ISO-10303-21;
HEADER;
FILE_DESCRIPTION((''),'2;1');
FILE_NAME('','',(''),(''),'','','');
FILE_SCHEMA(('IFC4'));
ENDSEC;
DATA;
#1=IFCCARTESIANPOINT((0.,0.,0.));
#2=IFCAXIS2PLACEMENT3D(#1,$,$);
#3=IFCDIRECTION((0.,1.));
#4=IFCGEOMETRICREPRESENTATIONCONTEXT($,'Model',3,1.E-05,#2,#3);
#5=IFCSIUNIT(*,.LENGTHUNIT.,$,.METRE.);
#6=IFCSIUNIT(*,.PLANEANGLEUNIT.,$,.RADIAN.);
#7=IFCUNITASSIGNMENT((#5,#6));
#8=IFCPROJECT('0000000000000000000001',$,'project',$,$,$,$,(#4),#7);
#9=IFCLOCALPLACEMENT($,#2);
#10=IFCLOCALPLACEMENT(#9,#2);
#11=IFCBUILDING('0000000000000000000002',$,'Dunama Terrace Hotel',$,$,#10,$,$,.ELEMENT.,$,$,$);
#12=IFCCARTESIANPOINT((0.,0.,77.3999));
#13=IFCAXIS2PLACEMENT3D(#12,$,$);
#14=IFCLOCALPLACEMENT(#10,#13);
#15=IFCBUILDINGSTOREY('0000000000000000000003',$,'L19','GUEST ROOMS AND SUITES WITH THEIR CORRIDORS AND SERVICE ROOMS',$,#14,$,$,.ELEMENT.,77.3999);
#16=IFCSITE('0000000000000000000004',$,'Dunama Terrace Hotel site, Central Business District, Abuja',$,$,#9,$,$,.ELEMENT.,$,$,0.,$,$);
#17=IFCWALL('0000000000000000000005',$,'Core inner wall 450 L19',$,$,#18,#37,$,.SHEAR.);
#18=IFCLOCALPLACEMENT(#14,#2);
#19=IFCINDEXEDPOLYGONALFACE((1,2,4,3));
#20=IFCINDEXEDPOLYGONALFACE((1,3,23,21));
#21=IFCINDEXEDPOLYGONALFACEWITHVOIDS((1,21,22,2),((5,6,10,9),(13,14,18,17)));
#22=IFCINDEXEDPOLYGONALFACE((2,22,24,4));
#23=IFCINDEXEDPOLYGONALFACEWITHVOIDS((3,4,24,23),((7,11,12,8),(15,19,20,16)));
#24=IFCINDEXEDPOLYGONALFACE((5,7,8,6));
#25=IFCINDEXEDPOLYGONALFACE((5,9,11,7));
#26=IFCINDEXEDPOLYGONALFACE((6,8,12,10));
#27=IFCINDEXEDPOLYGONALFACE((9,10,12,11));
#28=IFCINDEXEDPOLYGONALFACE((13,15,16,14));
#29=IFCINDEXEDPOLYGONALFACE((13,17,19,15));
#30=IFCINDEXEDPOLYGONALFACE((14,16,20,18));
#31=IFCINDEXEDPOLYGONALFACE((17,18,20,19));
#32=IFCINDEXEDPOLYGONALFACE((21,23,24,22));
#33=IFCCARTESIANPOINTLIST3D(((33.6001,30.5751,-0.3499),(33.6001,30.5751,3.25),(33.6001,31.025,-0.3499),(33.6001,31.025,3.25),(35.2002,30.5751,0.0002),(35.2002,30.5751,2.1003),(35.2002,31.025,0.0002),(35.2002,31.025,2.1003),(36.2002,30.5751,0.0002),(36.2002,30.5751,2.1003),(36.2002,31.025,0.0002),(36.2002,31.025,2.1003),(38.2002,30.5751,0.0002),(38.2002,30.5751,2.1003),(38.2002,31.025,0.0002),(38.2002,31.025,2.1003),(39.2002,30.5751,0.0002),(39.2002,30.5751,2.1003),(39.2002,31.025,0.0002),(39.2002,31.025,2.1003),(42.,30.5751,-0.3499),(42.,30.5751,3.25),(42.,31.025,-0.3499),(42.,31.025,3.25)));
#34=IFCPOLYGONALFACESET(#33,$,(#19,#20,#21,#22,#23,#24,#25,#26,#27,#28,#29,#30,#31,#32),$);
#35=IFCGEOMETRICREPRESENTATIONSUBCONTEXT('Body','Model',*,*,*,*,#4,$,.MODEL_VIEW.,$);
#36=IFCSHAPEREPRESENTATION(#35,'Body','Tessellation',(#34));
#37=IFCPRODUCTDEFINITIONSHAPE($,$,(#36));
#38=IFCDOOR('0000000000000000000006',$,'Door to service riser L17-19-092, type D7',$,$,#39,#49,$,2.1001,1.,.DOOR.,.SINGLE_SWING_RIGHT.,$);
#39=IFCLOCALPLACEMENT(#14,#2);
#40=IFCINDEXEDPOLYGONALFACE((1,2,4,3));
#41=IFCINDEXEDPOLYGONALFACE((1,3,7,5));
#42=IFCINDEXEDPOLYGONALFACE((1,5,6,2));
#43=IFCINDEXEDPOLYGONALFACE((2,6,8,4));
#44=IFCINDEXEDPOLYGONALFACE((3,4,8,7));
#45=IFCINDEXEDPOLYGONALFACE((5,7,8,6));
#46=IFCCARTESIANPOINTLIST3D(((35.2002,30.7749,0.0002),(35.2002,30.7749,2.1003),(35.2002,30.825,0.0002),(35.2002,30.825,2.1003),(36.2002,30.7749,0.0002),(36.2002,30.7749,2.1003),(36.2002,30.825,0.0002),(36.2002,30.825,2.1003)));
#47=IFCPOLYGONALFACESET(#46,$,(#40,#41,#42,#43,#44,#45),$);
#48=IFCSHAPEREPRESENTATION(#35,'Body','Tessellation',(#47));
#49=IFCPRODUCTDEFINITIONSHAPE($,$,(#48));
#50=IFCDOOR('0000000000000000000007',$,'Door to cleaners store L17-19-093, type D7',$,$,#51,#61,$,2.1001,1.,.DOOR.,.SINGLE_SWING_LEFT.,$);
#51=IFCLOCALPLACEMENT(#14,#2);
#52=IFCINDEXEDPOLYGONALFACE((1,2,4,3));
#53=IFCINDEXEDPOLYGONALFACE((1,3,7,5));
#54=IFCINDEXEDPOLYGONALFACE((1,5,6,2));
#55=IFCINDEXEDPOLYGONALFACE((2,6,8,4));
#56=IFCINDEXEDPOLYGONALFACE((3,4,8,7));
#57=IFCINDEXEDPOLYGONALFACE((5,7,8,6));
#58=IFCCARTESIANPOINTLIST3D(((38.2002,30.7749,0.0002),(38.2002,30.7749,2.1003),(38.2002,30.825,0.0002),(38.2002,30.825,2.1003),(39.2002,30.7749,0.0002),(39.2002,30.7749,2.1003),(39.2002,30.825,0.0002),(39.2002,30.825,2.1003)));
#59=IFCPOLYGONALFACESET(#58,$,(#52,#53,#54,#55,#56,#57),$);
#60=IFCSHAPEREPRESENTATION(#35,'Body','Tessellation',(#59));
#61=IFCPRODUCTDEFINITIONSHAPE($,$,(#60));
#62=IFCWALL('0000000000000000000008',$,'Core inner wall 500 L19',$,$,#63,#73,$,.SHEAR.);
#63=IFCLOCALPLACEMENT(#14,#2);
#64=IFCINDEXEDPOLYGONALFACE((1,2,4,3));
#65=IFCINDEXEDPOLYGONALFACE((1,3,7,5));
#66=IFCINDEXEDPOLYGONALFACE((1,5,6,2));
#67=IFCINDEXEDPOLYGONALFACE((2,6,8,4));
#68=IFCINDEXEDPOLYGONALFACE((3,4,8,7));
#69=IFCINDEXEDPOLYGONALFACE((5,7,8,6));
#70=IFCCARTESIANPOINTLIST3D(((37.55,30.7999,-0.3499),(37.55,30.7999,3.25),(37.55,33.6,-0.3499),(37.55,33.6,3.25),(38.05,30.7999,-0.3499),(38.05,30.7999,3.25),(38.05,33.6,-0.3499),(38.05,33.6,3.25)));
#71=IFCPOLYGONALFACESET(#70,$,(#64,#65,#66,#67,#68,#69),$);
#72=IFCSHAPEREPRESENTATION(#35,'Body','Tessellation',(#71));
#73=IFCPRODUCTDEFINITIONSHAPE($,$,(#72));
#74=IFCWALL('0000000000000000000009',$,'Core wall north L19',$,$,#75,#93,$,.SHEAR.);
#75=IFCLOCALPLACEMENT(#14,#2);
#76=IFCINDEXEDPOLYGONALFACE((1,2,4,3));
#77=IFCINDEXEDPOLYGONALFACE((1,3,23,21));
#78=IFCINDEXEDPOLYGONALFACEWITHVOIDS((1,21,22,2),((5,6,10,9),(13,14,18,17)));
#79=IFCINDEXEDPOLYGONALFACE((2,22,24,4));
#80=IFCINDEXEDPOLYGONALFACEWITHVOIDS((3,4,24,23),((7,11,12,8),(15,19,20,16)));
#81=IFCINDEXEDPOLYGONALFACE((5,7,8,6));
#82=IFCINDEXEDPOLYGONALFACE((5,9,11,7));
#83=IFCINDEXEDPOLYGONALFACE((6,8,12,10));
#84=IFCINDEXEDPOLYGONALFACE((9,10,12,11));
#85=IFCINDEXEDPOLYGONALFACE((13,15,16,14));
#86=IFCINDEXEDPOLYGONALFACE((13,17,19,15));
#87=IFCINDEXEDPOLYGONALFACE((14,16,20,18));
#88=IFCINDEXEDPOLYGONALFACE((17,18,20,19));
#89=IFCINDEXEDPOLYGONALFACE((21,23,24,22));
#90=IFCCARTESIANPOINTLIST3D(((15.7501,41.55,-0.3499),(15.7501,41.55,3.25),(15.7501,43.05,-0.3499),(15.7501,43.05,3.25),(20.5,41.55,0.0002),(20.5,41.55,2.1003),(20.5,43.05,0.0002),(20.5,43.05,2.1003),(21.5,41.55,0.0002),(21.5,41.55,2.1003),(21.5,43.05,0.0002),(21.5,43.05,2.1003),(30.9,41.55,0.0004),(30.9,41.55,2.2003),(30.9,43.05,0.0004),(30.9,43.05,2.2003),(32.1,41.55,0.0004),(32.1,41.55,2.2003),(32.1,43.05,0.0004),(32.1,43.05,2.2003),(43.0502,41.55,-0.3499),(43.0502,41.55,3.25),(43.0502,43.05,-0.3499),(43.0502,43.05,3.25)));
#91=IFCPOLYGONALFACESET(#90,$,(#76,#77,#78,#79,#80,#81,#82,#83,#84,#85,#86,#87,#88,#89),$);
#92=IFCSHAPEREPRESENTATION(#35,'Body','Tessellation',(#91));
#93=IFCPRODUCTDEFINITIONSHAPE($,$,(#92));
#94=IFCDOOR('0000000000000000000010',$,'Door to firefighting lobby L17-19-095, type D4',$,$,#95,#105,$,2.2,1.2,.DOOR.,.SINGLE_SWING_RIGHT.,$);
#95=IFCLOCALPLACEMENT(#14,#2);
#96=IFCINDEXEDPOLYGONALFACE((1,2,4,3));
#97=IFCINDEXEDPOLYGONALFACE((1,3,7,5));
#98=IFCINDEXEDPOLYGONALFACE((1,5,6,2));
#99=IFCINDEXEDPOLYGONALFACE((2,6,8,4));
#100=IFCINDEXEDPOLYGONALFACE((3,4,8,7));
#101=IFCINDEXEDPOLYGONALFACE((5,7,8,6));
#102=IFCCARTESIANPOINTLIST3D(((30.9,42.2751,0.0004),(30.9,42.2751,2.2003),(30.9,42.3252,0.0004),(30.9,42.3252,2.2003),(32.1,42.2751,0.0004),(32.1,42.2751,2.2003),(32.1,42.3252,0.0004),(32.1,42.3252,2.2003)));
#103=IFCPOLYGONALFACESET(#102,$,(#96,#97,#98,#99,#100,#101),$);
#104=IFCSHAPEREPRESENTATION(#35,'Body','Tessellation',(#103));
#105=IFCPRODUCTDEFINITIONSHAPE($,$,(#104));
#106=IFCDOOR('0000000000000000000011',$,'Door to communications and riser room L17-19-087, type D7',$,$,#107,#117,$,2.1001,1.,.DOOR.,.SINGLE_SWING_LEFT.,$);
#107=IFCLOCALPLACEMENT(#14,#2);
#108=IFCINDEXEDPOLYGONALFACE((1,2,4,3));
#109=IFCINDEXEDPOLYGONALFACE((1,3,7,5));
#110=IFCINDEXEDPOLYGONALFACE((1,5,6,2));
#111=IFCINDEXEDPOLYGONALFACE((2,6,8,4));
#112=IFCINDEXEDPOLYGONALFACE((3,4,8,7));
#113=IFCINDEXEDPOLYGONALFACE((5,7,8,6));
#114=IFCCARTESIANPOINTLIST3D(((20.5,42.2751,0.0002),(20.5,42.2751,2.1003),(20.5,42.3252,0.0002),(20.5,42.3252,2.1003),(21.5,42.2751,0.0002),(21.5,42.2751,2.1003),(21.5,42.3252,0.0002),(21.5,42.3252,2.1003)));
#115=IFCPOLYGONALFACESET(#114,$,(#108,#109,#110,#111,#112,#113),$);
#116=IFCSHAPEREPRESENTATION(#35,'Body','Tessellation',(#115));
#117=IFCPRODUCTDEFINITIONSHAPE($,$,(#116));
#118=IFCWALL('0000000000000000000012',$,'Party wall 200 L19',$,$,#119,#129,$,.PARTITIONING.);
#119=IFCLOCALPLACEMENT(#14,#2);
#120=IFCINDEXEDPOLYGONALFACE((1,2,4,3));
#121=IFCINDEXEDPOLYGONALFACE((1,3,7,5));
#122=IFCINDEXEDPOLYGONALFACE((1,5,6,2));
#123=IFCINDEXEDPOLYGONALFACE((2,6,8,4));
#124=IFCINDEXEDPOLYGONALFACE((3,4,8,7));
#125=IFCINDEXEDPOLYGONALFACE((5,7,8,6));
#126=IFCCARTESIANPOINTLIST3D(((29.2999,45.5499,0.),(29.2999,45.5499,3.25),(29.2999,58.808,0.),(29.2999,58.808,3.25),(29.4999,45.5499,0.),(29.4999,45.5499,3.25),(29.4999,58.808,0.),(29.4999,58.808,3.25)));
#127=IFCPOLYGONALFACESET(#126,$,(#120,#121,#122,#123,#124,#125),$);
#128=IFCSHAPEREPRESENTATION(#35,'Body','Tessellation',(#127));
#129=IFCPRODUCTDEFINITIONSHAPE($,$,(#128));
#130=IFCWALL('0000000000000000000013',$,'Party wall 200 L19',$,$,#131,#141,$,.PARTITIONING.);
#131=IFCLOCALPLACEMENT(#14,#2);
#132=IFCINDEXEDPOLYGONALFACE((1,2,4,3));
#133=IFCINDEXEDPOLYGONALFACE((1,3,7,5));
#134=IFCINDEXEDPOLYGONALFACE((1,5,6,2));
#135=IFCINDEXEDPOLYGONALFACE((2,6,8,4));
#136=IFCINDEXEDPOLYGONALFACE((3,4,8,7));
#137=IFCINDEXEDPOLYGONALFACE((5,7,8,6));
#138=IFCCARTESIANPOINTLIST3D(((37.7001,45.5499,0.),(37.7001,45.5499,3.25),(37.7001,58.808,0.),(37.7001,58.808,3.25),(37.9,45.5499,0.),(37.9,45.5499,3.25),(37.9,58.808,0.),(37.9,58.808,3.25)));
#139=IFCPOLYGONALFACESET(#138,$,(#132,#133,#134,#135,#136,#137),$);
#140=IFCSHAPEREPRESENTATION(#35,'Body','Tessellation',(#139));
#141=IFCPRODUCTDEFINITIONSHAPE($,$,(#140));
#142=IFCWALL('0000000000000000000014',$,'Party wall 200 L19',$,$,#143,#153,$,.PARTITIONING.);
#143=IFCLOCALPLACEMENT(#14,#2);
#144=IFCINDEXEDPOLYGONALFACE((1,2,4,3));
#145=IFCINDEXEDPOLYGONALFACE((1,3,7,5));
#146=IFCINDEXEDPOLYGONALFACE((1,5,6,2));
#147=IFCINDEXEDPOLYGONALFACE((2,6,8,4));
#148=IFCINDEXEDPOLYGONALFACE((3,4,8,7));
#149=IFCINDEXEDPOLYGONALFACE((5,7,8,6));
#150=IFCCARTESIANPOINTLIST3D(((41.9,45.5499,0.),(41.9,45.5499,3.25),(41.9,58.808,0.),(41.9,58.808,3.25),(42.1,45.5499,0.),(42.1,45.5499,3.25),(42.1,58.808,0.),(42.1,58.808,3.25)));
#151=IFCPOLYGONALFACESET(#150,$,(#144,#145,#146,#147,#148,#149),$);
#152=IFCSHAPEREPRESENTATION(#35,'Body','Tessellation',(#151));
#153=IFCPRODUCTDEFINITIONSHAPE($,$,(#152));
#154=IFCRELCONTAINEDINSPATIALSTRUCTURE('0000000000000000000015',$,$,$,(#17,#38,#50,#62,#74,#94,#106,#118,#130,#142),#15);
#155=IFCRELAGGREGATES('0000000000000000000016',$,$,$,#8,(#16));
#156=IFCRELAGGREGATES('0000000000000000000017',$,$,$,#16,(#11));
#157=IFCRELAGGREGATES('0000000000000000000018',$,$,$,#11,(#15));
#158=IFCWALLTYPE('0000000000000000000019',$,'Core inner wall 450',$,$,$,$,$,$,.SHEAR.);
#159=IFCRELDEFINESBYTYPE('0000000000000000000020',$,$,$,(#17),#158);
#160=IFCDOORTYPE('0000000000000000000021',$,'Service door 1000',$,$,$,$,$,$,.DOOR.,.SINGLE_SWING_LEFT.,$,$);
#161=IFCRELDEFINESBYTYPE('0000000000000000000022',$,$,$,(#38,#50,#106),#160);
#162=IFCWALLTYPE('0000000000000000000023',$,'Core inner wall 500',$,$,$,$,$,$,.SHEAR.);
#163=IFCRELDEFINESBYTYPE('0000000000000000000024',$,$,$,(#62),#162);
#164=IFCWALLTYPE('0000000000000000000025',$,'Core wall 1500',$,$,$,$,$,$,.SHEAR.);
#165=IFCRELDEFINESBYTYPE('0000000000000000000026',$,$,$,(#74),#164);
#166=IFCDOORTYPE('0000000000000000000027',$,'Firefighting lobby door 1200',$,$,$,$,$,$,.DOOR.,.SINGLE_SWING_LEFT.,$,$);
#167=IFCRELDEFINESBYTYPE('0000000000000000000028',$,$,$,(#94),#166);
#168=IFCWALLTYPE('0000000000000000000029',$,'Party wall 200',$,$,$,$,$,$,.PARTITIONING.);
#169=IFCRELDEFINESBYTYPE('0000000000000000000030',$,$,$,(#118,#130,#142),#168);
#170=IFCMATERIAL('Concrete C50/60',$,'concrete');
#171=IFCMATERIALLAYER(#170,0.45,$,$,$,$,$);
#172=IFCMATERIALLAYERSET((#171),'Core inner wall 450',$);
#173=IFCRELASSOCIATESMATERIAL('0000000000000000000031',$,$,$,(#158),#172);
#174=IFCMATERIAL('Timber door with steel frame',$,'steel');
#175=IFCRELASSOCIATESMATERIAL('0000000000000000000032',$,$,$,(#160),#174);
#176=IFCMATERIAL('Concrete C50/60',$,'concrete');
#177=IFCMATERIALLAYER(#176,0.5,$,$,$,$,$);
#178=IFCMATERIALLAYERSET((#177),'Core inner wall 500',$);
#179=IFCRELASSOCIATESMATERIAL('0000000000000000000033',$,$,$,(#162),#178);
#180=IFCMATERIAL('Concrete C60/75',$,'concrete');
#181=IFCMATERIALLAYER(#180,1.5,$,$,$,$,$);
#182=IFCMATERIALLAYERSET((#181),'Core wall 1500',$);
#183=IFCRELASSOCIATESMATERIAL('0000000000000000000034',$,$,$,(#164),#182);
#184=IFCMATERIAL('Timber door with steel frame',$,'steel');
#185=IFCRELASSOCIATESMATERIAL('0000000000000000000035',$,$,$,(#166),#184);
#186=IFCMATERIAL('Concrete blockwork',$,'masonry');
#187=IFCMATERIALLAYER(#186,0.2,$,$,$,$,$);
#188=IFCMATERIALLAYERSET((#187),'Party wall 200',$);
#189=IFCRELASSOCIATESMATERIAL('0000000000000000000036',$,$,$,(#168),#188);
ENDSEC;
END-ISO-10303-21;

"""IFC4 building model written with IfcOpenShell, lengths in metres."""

from ifc_helpers import new_model, si_unit, direction, frame, frame_2d, origin, place, context, subcontext, project, spatial, rectangle, extrude, material, layer, layer_set, type_object, element, fill, save


model = new_model("IFC4")

# Units and contexts
model_context = context("Model", 3, precision=1e-05, world=origin(), true_north=direction((0.0, 1.0)))
body_context = subcontext(model_context, "Body", "Model", "MODEL_VIEW")
ifc_project = project(units=[si_unit("LENGTHUNIT", "METRE"), si_unit("PLANEANGLEUNIT", "RADIAN")], contexts=[model_context])

# Site, building, storey
site_placement = place(None, origin())
site = spatial("IfcSite", under=ifc_project, at=site_placement, Name="Dunama Terrace Hotel site, Central Business District, Abuja", CompositionType="ELEMENT", RefElevation=0.0)
building_placement = place(site_placement, origin())
building = spatial("IfcBuilding", under=site, at=building_placement, Name="Dunama Terrace Hotel", CompositionType="ELEMENT")
storey_placement = place(building_placement, frame((0.0, 0.0, 77.3999)))
storey = spatial("IfcBuildingStorey", under=building, at=storey_placement, Name="L19", Description="GUEST ROOMS AND SUITES WITH THEIR CORRIDORS AND SERVICE ROOMS", CompositionType="ELEMENT", Elevation=77.3999)

# Shared definitions
ifc_material_1 = material(Name="Concrete C50/60", Category="concrete")
ifc_layer_1 = layer(ifc_material_1, 0.45)
ifc_layer_set_1 = layer_set([ifc_layer_1], Name="Core inner wall 450")
wall_type_1 = type_object("IfcWallType", Name="Core inner wall 450", PredefinedType="SHEAR", material=ifc_layer_set_1)

# Wall, openings, doors
wall_1_placement = place(storey_placement, frame((33.6001, 30.8, -0.3499), z_axis=(0.0, 0.0, 1.0), x_axis=(1.0, 0.0, 0.0)))
wall_1 = element("IfcWall", 1, at=wall_1_placement, inside=storey, type_object=wall_type_1, Name="Core inner wall 450 L19", PredefinedType="SHEAR", context=body_context, shape_type="SweptSolid", body=[
    extrude(rectangle(XDim=8.3999, YDim=0.45, at=frame_2d((4.2, 0.0))), origin(), (0.0, 0.0, 1.0), 3.5999),
])
opening_1_placement = place(wall_1_placement, frame((1.6001, 0.0, 0.3501)))
opening_1 = element("IfcOpeningElement", 2, at=opening_1_placement, cuts=wall_1, PredefinedType="OPENING", context=body_context, shape_type="SweptSolid", body=[
    extrude(rectangle(XDim=1.0, YDim=2.1001, at=frame_2d((0.5, 1.05))), frame((0.0, 0.2349, 0.0), z_axis=(0.0, -1.0, 0.0), x_axis=(1.0, 0.0, 0.0)), (0.0, 0.0, 1.0), 0.47),
])
opening_2_placement = place(wall_1_placement, frame((4.6001, 0.0, 0.3501)))
opening_2 = element("IfcOpeningElement", 3, at=opening_2_placement, cuts=wall_1, PredefinedType="OPENING", context=body_context, shape_type="SweptSolid", body=[
    extrude(rectangle(XDim=1.0, YDim=2.1001, at=frame_2d((0.5, 1.05))), frame((0.0, 0.2349, 0.0), z_axis=(0.0, -1.0, 0.0), x_axis=(1.0, 0.0, 0.0)), (0.0, 0.0, 1.0), 0.47),
])
ifc_material_2 = material(Name="Timber door with steel frame", Category="steel")
door_type_1 = type_object("IfcDoorType", Name="Service door 1000", OperationType="SINGLE_SWING_LEFT", PredefinedType="DOOR", material=ifc_material_2)
door_1_placement = place(opening_1_placement, origin())
door_1 = element("IfcDoor", 4, at=door_1_placement, inside=storey, type_object=door_type_1, Name="Door to service riser L17-19-092, type D7", OperationType="SINGLE_SWING_RIGHT", OverallHeight=2.1001, OverallWidth=1.0, PredefinedType="DOOR", context=body_context, shape_type="SweptSolid", body=[
    extrude(rectangle(XDim=1.0, YDim=2.1001, at=frame_2d((0.5, 1.05))), frame((0.0, 0.0249, 0.0), z_axis=(0.0, -1.0, 0.0), x_axis=(1.0, 0.0, 0.0)), (0.0, 0.0, 1.0), 0.05),
])
fill(opening_1, door_1)
door_2_placement = place(opening_2_placement, origin())
door_2 = element("IfcDoor", 5, at=door_2_placement, inside=storey, type_object=door_type_1, Name="Door to cleaners store L17-19-093, type D7", OperationType="SINGLE_SWING_LEFT", OverallHeight=2.1001, OverallWidth=1.0, PredefinedType="DOOR", context=body_context, shape_type="SweptSolid", body=[
    extrude(rectangle(XDim=1.0, YDim=2.1001, at=frame_2d((0.5, 1.05))), frame((0.0, 0.0249, 0.0), z_axis=(0.0, -1.0, 0.0), x_axis=(1.0, 0.0, 0.0)), (0.0, 0.0, 1.0), 0.05),
])
fill(opening_2, door_2)

# Wall
ifc_material_3 = material(Name="Concrete C50/60", Category="concrete")
ifc_layer_2 = layer(ifc_material_3, 0.5)
ifc_layer_set_2 = layer_set([ifc_layer_2], Name="Core inner wall 500")
wall_type_2 = type_object("IfcWallType", Name="Core inner wall 500", PredefinedType="SHEAR", material=ifc_layer_set_2)
wall_2_placement = place(storey_placement, frame((37.8, 30.8, -0.3499), z_axis=(0.0, 0.0, 1.0), x_axis=(0.0, 1.0, 0.0)))
element("IfcWall", 6, at=wall_2_placement, inside=storey, type_object=wall_type_2, Name="Core inner wall 500 L19", PredefinedType="SHEAR", context=body_context, shape_type="SweptSolid", body=[
    extrude(rectangle(XDim=2.8, YDim=0.5, at=frame_2d((1.3999, 0.0))), origin(), (0.0, 0.0, 1.0), 3.5999),
])

# Wall, openings, doors
ifc_material_4 = material(Name="Concrete C60/75", Category="concrete")
ifc_layer_3 = layer(ifc_material_4, 1.5)
ifc_layer_set_3 = layer_set([ifc_layer_3], Name="Core wall 1500")
wall_type_3 = type_object("IfcWallType", Name="Core wall 1500", PredefinedType="SHEAR", material=ifc_layer_set_3)
wall_3_placement = place(storey_placement, frame((43.05, 42.3, -0.3499), z_axis=(0.0, 0.0, 1.0), x_axis=(-1.0, 0.0, 0.0)))
wall_3 = element("IfcWall", 7, at=wall_3_placement, inside=storey, type_object=wall_type_3, Name="Core wall north L19", PredefinedType="SHEAR", context=body_context, shape_type="SweptSolid", body=[
    extrude(rectangle(XDim=27.3, YDim=1.5, at=frame_2d((13.6499, 0.0))), origin(), (0.0, 0.0, 1.0), 3.5999),
])
opening_3_placement = place(wall_3_placement, frame((21.55, 0.0, 0.3501)))
opening_3 = element("IfcOpeningElement", 8, at=opening_3_placement, cuts=wall_3, PredefinedType="OPENING", context=body_context, shape_type="SweptSolid", body=[
    extrude(rectangle(XDim=1.0, YDim=2.1001, at=frame_2d((0.5, 1.05))), frame((0.0, 0.76, 0.0), z_axis=(0.0, -1.0, 0.0), x_axis=(1.0, 0.0, 0.0)), (0.0, 0.0, 1.0), 1.52),
])
opening_4_placement = place(wall_3_placement, frame((10.95, 0.0, 0.3501)))
opening_4 = element("IfcOpeningElement", 9, at=opening_4_placement, cuts=wall_3, PredefinedType="OPENING", context=body_context, shape_type="SweptSolid", body=[
    extrude(rectangle(XDim=1.2, YDim=2.2, at=frame_2d((0.6001, 1.1001))), frame((0.0, 0.76, 0.0), z_axis=(0.0, -1.0, 0.0), x_axis=(1.0, 0.0, 0.0)), (0.0, 0.0, 1.0), 1.52),
])
ifc_material_5 = material(Name="Timber door with steel frame", Category="steel")
door_type_2 = type_object("IfcDoorType", Name="Firefighting lobby door 1200", OperationType="SINGLE_SWING_LEFT", PredefinedType="DOOR", material=ifc_material_5)
door_3_placement = place(opening_4_placement, origin())
door_3 = element("IfcDoor", 10, at=door_3_placement, inside=storey, type_object=door_type_2, Name="Door to firefighting lobby L17-19-095, type D4", OperationType="SINGLE_SWING_RIGHT", OverallHeight=2.2, OverallWidth=1.2, PredefinedType="DOOR", context=body_context, shape_type="SweptSolid", body=[
    extrude(rectangle(XDim=1.2, YDim=2.2, at=frame_2d((0.6001, 1.1001))), frame((0.0, 0.0249, 0.0), z_axis=(0.0, -1.0, 0.0), x_axis=(1.0, 0.0, 0.0)), (0.0, 0.0, 1.0), 0.05),
])
fill(opening_4, door_3)
door_4_placement = place(opening_3_placement, origin())
door_4 = element("IfcDoor", 11, at=door_4_placement, inside=storey, type_object=door_type_1, Name="Door to communications and riser room L17-19-087, type D7", OperationType="SINGLE_SWING_LEFT", OverallHeight=2.1001, OverallWidth=1.0, PredefinedType="DOOR", context=body_context, shape_type="SweptSolid", body=[
    extrude(rectangle(XDim=1.0, YDim=2.1001, at=frame_2d((0.5, 1.05))), frame((0.0, 0.0249, 0.0), z_axis=(0.0, -1.0, 0.0), x_axis=(1.0, 0.0, 0.0)), (0.0, 0.0, 1.0), 0.05),
])
fill(opening_3, door_4)

# Walls
ifc_material_6 = material(Name="Concrete blockwork", Category="masonry")
ifc_layer_4 = layer(ifc_material_6, 0.2)
ifc_layer_set_4 = layer_set([ifc_layer_4], Name="Party wall 200")
wall_type_4 = type_object("IfcWallType", Name="Party wall 200", PredefinedType="PARTITIONING", material=ifc_layer_set_4)
for number, where, z_axis, x_axis, name in (
    (12, (29.3999, 45.55, 0.0), (0.0, 0.0, 1.0), (0.0, 1.0, 0.0), "Party wall 200 L19"),
    (13, (37.8, 45.55, 0.0), (0.0, 0.0, 1.0), (0.0, 1.0, 0.0), "Party wall 200 L19"),
    (14, (42.0, 45.55, 0.0), (0.0, 0.0, 1.0), (0.0, 1.0, 0.0), "Party wall 200 L19"),
):
    element("IfcWall", number, at=place(storey_placement, frame(where, z_axis=z_axis, x_axis=x_axis)), inside=storey, type_object=wall_type_4, Name=name, PredefinedType="PARTITIONING", context=body_context, shape_type="SweptSolid", body=[
        extrude(rectangle(XDim=13.2581, YDim=0.2, at=frame_2d((6.6289, 0.0))), origin(), (0.0, 0.0, 1.0), 3.25),
    ])

save(model, "model.ifc")
